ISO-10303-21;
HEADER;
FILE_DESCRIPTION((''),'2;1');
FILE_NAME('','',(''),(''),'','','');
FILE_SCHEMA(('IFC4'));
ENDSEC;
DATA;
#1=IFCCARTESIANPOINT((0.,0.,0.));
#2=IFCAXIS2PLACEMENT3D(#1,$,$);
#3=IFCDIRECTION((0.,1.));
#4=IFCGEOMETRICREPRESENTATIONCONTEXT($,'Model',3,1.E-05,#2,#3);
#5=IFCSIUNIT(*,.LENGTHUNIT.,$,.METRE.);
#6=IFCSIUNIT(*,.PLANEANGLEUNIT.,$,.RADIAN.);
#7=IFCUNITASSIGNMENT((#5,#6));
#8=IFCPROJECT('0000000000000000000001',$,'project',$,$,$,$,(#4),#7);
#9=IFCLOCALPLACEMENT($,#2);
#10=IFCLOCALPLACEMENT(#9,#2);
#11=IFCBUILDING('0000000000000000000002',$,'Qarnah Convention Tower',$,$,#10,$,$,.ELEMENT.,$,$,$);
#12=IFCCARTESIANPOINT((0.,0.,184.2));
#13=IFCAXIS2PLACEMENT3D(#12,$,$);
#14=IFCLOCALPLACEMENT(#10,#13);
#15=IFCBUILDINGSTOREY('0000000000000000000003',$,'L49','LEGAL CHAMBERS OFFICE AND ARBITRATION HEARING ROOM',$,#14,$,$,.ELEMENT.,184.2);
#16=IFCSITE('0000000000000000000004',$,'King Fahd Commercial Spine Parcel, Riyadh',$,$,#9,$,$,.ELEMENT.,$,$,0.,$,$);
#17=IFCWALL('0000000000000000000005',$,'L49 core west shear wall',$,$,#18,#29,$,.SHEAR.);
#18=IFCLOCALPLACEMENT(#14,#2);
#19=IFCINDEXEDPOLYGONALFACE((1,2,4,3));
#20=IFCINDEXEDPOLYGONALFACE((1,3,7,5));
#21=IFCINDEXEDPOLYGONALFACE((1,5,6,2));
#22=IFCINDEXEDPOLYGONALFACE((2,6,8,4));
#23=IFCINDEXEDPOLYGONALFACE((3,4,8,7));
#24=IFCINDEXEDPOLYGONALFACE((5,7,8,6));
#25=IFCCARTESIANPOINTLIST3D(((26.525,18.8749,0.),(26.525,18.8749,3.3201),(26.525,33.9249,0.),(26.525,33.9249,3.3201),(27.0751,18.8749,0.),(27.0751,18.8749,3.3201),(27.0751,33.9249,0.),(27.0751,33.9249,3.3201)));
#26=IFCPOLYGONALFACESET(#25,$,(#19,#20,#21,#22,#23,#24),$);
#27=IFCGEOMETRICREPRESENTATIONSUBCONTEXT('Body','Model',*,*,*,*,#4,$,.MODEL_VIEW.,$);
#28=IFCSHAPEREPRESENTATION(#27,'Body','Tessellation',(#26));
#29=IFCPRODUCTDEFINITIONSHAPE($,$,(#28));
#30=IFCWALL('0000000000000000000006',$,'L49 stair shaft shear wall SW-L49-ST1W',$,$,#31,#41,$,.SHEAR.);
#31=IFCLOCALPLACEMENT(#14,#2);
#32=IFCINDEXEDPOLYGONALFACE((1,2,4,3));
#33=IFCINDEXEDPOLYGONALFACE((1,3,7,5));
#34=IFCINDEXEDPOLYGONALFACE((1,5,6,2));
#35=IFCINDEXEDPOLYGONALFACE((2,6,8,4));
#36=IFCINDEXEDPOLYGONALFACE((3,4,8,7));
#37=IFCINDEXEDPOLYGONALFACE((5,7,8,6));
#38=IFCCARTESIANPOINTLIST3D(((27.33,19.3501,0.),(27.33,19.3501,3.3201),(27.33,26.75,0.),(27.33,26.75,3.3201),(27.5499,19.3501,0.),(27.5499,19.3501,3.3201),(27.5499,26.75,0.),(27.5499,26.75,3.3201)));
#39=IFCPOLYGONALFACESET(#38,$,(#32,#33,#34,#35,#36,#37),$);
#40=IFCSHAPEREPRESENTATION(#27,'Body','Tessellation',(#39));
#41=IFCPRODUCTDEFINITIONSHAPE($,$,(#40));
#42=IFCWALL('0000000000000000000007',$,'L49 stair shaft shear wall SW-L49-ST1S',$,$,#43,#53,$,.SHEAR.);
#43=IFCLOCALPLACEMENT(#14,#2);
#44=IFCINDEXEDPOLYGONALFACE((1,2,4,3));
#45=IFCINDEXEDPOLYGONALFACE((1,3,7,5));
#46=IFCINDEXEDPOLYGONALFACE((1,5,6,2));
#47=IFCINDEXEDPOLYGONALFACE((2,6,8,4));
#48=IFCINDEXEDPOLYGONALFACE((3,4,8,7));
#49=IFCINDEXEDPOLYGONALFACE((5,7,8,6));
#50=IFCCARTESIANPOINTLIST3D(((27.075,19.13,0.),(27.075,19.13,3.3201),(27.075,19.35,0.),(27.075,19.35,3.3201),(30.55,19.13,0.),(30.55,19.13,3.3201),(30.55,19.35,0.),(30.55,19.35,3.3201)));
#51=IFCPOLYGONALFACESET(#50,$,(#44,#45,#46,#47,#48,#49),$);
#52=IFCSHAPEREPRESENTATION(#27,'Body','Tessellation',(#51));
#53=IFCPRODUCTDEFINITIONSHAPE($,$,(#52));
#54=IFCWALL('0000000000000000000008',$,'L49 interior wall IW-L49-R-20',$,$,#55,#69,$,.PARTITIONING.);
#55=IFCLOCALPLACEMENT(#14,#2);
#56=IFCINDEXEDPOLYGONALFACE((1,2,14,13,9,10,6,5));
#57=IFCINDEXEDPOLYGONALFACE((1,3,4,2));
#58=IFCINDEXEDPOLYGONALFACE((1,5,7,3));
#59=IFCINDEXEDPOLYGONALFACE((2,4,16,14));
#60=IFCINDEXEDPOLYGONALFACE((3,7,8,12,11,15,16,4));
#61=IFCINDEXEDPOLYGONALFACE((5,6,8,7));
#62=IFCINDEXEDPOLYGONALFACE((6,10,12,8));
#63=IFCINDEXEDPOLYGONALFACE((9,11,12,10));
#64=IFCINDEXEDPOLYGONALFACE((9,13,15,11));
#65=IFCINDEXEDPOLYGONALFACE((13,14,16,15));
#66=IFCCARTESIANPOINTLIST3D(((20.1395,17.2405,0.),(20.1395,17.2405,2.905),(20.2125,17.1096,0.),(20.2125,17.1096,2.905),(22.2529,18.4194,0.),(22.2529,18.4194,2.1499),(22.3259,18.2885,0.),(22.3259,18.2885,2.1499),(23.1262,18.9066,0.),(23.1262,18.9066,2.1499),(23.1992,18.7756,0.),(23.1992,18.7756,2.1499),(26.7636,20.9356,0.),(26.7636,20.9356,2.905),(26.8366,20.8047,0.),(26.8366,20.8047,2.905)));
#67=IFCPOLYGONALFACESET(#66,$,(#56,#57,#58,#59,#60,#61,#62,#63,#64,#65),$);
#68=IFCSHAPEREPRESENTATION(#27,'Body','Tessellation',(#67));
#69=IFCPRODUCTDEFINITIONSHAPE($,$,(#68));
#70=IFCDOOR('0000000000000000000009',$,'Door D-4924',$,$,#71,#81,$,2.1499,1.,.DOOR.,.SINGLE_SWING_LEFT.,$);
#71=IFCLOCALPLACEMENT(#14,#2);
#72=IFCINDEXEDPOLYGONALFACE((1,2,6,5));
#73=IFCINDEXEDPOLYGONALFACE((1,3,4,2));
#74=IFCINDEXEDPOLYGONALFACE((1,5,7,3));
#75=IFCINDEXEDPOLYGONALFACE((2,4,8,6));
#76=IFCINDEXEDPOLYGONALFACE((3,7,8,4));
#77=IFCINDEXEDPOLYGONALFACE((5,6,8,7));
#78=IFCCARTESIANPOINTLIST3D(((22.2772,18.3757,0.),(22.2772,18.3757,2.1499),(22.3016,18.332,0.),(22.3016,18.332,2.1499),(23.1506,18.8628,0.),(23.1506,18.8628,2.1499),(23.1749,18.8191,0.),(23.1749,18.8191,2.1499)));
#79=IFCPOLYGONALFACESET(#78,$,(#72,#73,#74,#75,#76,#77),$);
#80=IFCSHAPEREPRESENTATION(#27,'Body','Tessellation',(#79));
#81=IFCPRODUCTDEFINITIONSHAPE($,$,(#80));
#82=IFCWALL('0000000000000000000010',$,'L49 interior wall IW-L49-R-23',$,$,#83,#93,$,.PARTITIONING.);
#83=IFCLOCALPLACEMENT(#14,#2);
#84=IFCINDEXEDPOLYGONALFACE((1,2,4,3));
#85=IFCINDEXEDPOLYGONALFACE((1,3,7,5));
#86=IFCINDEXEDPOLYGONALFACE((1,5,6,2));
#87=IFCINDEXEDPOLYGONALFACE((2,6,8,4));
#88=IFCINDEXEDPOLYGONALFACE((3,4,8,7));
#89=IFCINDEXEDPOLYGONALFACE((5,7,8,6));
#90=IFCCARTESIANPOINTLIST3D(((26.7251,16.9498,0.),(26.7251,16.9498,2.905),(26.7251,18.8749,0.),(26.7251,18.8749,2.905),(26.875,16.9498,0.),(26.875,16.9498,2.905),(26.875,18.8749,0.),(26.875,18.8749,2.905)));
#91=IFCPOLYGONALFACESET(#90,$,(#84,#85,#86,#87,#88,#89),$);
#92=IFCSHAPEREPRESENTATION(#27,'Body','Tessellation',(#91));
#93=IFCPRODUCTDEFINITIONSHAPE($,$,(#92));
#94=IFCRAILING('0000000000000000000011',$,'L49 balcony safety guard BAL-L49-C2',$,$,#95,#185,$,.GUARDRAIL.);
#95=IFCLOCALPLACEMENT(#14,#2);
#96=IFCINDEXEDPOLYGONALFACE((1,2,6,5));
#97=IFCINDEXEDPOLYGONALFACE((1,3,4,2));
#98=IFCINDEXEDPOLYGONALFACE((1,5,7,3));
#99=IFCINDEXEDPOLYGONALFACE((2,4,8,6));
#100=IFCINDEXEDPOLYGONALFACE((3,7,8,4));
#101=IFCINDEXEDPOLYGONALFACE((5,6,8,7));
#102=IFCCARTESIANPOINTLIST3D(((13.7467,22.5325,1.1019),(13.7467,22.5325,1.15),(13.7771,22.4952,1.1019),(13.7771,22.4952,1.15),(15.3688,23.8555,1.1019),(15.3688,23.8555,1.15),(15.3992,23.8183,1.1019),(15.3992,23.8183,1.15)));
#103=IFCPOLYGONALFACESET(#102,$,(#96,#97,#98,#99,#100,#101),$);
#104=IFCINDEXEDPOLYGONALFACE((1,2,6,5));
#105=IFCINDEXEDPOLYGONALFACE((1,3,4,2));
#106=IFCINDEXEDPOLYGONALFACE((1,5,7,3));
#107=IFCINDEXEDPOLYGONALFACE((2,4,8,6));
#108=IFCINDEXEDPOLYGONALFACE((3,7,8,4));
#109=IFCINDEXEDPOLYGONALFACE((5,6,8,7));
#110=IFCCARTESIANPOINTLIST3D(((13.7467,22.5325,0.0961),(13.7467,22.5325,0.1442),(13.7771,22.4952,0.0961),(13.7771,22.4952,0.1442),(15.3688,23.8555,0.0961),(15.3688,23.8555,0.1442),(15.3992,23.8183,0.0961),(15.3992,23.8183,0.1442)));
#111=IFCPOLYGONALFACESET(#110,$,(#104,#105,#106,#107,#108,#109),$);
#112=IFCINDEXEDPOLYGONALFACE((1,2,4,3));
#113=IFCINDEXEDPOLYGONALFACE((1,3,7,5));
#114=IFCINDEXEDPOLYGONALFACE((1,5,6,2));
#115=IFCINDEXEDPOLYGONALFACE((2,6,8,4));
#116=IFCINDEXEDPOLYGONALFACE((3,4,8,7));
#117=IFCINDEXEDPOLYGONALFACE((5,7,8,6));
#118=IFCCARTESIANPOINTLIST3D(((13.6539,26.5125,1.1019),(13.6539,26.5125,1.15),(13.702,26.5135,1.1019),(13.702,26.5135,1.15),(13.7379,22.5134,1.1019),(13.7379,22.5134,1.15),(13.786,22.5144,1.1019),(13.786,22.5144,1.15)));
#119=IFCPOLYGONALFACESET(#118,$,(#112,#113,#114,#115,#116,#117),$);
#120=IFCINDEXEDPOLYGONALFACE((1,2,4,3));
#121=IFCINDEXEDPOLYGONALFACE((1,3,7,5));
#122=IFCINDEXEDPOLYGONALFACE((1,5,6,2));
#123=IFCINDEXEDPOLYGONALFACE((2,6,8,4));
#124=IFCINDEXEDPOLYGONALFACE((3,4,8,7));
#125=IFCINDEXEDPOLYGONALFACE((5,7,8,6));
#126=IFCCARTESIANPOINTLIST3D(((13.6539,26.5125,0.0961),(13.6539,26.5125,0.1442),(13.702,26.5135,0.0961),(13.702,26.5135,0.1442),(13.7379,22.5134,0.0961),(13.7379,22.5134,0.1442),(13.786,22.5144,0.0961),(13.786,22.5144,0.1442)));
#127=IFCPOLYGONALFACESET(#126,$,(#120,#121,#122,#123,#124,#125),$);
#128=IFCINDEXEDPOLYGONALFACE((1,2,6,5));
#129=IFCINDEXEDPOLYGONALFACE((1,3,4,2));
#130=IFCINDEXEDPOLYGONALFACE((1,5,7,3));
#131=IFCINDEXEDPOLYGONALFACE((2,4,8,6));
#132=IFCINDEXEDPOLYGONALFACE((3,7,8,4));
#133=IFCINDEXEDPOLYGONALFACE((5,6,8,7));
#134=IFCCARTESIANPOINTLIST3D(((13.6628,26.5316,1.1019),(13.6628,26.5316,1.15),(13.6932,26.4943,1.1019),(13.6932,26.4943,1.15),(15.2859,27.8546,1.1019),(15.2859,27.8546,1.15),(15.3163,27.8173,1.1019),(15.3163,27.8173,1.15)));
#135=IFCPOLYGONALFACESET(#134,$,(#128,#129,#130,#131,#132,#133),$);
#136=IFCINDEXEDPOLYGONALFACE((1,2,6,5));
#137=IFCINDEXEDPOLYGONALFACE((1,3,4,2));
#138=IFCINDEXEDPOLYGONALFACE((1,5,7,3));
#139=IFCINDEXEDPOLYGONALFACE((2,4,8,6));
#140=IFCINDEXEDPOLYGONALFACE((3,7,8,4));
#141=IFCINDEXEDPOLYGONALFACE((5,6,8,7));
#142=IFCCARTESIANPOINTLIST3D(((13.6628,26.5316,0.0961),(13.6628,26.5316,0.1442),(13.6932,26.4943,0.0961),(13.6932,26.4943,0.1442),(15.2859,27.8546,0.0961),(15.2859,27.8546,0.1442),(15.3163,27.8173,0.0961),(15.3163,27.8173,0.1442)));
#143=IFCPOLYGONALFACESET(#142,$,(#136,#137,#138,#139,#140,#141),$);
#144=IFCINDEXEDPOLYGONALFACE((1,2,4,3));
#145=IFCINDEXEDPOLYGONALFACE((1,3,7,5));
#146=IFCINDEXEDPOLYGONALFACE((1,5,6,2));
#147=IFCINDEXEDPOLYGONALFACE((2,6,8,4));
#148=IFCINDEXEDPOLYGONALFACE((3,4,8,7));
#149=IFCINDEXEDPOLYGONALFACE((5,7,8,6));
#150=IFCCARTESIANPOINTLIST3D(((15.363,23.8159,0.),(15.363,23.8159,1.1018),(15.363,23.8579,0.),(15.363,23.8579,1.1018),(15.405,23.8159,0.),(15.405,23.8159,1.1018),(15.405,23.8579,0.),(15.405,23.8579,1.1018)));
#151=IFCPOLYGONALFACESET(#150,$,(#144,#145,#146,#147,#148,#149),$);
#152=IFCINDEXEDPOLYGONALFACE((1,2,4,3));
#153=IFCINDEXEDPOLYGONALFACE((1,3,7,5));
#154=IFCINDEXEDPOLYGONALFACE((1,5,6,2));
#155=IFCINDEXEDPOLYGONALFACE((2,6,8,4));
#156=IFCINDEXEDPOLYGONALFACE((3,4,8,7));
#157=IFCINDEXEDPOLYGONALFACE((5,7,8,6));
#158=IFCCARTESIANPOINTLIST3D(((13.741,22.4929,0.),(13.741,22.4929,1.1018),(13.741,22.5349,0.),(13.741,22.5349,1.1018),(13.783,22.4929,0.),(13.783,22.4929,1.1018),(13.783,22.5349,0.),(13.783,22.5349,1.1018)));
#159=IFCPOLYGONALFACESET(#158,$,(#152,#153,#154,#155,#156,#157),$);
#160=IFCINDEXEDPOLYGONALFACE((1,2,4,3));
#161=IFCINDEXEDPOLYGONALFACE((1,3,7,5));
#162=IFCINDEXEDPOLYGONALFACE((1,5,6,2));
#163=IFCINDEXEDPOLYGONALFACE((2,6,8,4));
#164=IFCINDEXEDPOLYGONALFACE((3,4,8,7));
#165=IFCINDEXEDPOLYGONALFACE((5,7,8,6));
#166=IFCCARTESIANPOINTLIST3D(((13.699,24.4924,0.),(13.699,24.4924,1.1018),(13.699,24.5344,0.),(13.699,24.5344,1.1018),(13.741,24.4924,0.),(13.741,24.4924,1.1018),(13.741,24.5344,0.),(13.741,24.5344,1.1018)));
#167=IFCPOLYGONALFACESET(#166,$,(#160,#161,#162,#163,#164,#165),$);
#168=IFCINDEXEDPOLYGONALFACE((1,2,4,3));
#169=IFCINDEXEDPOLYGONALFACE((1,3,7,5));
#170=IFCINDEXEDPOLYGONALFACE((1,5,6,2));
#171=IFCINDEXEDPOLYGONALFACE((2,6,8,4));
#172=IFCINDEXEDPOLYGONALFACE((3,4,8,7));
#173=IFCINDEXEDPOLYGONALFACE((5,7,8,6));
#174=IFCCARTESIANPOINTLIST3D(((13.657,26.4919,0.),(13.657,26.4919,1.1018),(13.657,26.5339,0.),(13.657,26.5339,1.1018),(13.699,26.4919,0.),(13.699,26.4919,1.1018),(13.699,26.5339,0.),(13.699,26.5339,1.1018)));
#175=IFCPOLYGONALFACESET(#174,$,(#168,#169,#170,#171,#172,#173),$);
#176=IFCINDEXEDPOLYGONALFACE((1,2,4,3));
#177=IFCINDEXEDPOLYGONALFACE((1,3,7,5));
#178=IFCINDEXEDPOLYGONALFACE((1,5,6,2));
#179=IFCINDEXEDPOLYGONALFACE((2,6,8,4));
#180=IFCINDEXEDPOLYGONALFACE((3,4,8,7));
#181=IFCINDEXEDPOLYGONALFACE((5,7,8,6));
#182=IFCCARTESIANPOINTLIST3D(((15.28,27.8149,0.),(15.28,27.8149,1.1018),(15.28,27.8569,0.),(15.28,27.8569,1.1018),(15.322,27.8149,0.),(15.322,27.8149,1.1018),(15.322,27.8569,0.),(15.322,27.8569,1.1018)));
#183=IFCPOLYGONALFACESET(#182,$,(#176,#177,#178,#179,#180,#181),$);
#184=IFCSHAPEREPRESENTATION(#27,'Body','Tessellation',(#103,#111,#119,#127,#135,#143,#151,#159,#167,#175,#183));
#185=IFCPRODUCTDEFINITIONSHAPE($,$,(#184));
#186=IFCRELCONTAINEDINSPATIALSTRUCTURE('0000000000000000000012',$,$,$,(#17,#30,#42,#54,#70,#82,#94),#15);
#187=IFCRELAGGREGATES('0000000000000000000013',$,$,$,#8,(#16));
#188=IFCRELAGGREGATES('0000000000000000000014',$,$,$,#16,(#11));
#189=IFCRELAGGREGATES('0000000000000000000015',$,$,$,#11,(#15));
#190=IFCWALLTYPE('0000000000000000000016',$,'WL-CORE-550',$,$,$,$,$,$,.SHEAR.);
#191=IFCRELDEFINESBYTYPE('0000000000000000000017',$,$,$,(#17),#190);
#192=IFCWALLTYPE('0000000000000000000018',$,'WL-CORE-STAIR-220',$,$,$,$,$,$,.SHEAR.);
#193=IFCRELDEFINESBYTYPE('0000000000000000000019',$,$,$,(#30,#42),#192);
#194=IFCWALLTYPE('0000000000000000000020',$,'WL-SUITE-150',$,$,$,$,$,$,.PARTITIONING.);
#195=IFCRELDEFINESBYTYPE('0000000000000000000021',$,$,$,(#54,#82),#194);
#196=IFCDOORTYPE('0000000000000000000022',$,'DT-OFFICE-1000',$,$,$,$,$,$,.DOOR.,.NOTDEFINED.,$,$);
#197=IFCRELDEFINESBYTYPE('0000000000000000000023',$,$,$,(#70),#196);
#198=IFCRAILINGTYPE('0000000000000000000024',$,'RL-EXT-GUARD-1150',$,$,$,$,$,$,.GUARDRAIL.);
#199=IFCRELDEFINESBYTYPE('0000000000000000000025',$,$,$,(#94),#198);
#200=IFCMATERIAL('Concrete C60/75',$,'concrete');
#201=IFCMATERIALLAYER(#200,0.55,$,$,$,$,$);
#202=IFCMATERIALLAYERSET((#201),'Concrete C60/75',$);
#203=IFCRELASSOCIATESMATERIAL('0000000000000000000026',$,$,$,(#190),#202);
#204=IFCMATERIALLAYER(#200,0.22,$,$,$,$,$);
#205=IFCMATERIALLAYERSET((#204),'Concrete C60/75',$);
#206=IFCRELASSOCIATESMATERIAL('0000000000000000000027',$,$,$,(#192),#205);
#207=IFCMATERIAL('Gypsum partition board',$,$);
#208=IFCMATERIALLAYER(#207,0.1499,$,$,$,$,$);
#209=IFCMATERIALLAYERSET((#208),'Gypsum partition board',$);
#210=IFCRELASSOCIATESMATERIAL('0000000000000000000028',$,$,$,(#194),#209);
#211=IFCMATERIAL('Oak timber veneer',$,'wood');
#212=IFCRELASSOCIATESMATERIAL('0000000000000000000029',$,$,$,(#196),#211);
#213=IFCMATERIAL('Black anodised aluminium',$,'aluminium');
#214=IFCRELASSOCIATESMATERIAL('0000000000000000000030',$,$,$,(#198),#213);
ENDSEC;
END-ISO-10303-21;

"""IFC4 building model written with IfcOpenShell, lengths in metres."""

from ifc_helpers import new_model, si_unit, direction, frame, frame_2d, origin, origin_2d, place, context, subcontext, project, spatial, rectangle, extrude, material, layer, layer_set, type_object, element, fill, save


model = new_model("IFC4")

# Units and contexts
model_context = context("Model", 3, precision=1e-05, world=origin(), true_north=direction((0.0, 1.0)))
body_context = subcontext(model_context, "Body", "Model", "MODEL_VIEW")
ifc_project = project(units=[si_unit("LENGTHUNIT", "METRE"), si_unit("PLANEANGLEUNIT", "RADIAN")], contexts=[model_context])

# Site, building, storey
site_placement = place(None, origin())
site = spatial("IfcSite", under=ifc_project, at=site_placement, Name="King Fahd Commercial Spine Parcel, Riyadh", CompositionType="ELEMENT", RefElevation=0.0)
building_placement = place(site_placement, origin())
building = spatial("IfcBuilding", under=site, at=building_placement, Name="Qarnah Convention Tower", CompositionType="ELEMENT")
storey_placement = place(building_placement, frame((0.0, 0.0, 184.2)))
storey = spatial("IfcBuildingStorey", under=building, at=storey_placement, Name="L49", Description="LEGAL CHAMBERS OFFICE AND ARBITRATION HEARING ROOM", CompositionType="ELEMENT", Elevation=184.2)

# Shared definitions
ifc_material_1 = material(Name="Black anodised aluminium", Category="aluminium")

# Shared definitions
ifc_material_2 = material(Name="Concrete C60/75", Category="concrete")
ifc_layer_1 = layer(ifc_material_2, 0.55)
ifc_layer_set_1 = layer_set([ifc_layer_1], Name="Concrete C60/75")
wall_type_1 = type_object("IfcWallType", Name="WL-CORE-550", PredefinedType="SHEAR", material=ifc_layer_set_1)

# Walls
wall_1_placement = place(storey_placement, frame((26.8, 18.875, 0.0), z_axis=(0.0, 0.0, 1.0), x_axis=(0.0, 1.0, 0.0)))
element("IfcWall", 1, at=wall_1_placement, inside=storey, type_object=wall_type_1, Name="L49 core west shear wall", PredefinedType="SHEAR", context=body_context, shape_type="SweptSolid", body=[
    extrude(rectangle(XDim=15.05, YDim=0.55, at=frame_2d((7.5249, 0.0))), origin(), (0.0, 0.0, 1.0), 3.3201),
])
ifc_layer_2 = layer(ifc_material_2, 0.22)
ifc_layer_set_2 = layer_set([ifc_layer_2], Name="Concrete C60/75")
wall_type_2 = type_object("IfcWallType", Name="WL-CORE-STAIR-220", PredefinedType="SHEAR", material=ifc_layer_set_2)
wall_2_placement = place(storey_placement, frame((27.4399, 19.3501, 0.0), z_axis=(0.0, 0.0, 1.0), x_axis=(0.0, 1.0, 0.0)))
element("IfcWall", 2, at=wall_2_placement, inside=storey, type_object=wall_type_2, Name="L49 stair shaft shear wall SW-L49-ST1W", PredefinedType="SHEAR", context=body_context, shape_type="SweptSolid", body=[
    extrude(rectangle(XDim=7.3999, YDim=0.22, at=frame_2d((3.7, 0.0))), origin(), (0.0, 0.0, 1.0), 3.3201),
])
wall_3_placement = place(storey_placement, frame((27.075, 19.24, 0.0), z_axis=(0.0, 0.0, 1.0), x_axis=(1.0, 0.0, 0.0)))
element("IfcWall", 3, at=wall_3_placement, inside=storey, type_object=wall_type_2, Name="L49 stair shaft shear wall SW-L49-ST1S", PredefinedType="SHEAR", context=body_context, shape_type="SweptSolid", body=[
    extrude(rectangle(XDim=3.4751, YDim=0.22, at=frame_2d((1.7375, 0.0))), origin(), (0.0, 0.0, 1.0), 3.3201),
])

# Wall, opening, door
ifc_material_3 = material(Name="Gypsum partition board")
ifc_layer_3 = layer(ifc_material_3, 0.1499)
ifc_layer_set_3 = layer_set([ifc_layer_3], Name="Gypsum partition board")
wall_type_3 = type_object("IfcWallType", Name="WL-SUITE-150", PredefinedType="PARTITIONING", material=ifc_layer_set_3)
wall_4_placement = place(storey_placement, frame((20.176, 17.175, 0.0), z_axis=(0.0, 0.0, 1.0), x_axis=(0.873313, 0.487159, 0.0)))
wall_4 = element("IfcWall", 4, at=wall_4_placement, inside=storey, type_object=wall_type_3, Name="L49 interior wall IW-L49-R-20", PredefinedType="PARTITIONING", context=body_context, shape_type="SweptSolid", body=[
    extrude(rectangle(XDim=7.585, YDim=0.1499, at=frame_2d((3.7925, 0.0))), origin(), (0.0, 0.0, 1.0), 2.905),
])
opening_1_placement = place(wall_4_placement, frame((2.4199, 0.0, 0.0)))
opening_1 = element("IfcOpeningElement", 5, at=opening_1_placement, cuts=wall_4, PredefinedType="OPENING", context=body_context, shape_type="SweptSolid", body=[
    extrude(rectangle(XDim=1.0, YDim=2.1499, at=frame_2d((0.5, 1.075))), frame((0.0, 0.085, 0.0), z_axis=(0.0, -1.0, 0.0), x_axis=(1.0, 0.0, 0.0)), (0.0, 0.0, 1.0), 0.1699),
])
ifc_material_4 = material(Name="Oak timber veneer", Category="wood")
door_type_1 = type_object("IfcDoorType", Name="DT-OFFICE-1000", OperationType="NOTDEFINED", PredefinedType="DOOR", material=ifc_material_4)
door_1_placement = place(opening_1_placement, origin())
door_1 = element("IfcDoor", 6, at=door_1_placement, inside=storey, type_object=door_type_1, Name="Door D-4924", OperationType="SINGLE_SWING_LEFT", OverallHeight=2.1499, OverallWidth=1.0, PredefinedType="DOOR", context=body_context, shape_type="SweptSolid", body=[
    extrude(rectangle(XDim=1.0, YDim=2.1499, at=frame_2d((0.5, 1.075))), frame((0.0, 0.0249, 0.0), z_axis=(0.0, -1.0, 0.0), x_axis=(1.0, 0.0, 0.0)), (0.0, 0.0, 1.0), 0.05),
])
fill(opening_1, door_1)

# Wall
wall_5_placement = place(storey_placement, frame((26.8, 16.95, 0.0), z_axis=(0.0, 0.0, 1.0), x_axis=(0.0, 1.0, 0.0)))
element("IfcWall", 7, at=wall_5_placement, inside=storey, type_object=wall_type_3, Name="L49 interior wall IW-L49-R-23", PredefinedType="PARTITIONING", context=body_context, shape_type="SweptSolid", body=[
    extrude(rectangle(XDim=1.925, YDim=0.1499, at=frame_2d((0.9624, 0.0))), origin(), (0.0, 0.0, 1.0), 2.905),
])

# Railing
railing_type = type_object("IfcRailingType", Name="RL-EXT-GUARD-1150", PredefinedType="GUARDRAIL", material=ifc_material_1)
railing_placement = place(storey_placement, frame((15.384, 23.8369, 0.0)))
element("IfcRailing", 8, at=railing_placement, inside=storey, type_object=railing_type, Name="L49 balcony safety guard BAL-L49-C2", PredefinedType="GUARDRAIL", context=body_context, shape_type="SweptSolid", body=[
    extrude(rectangle(XDim=0.0481, YDim=0.0481, at=origin_2d()), frame((0.0, 0.0, 1.126), z_axis=(-0.774928, -0.632049, 0.0), x_axis=(0.632049, -0.774928, 0.0)), (0.0, 0.0, 1.0), 2.0933),
    extrude(rectangle(XDim=0.0481, YDim=0.0481, at=origin_2d()), frame((0.0, 0.0, 0.1201), z_axis=(-0.774928, -0.632049, 0.0), x_axis=(0.632049, -0.774928, 0.0)), (0.0, 0.0, 1.0), 2.0933),
    extrude(rectangle(XDim=0.0481, YDim=0.0481, at=origin_2d()), frame((-1.6221, -1.323, 1.126), z_axis=(-0.020997, 0.99978, 0.0), x_axis=(-0.99978, -0.020997, 0.0)), (0.0, 0.0, 1.0), 4.0),
    extrude(rectangle(XDim=0.0481, YDim=0.0481, at=origin_2d()), frame((-1.6221, -1.323, 0.1201), z_axis=(-0.020997, 0.99978, 0.0), x_axis=(-0.99978, -0.020997, 0.0)), (0.0, 0.0, 1.0), 4.0),
    extrude(rectangle(XDim=0.0481, YDim=0.0481, at=origin_2d()), frame((-1.7061, 2.676, 1.126), z_axis=(0.775114, 0.631821, 0.0), x_axis=(-0.631821, 0.775114, 0.0)), (0.0, 0.0, 1.0), 2.094),
    extrude(rectangle(XDim=0.0481, YDim=0.0481, at=origin_2d()), frame((-1.7061, 2.676, 0.1201), z_axis=(0.775114, 0.631821, 0.0), x_axis=(-0.631821, 0.775114, 0.0)), (0.0, 0.0, 1.0), 2.094),
    extrude(rectangle(XDim=0.042, YDim=0.042, at=origin_2d()), origin(), (0.0, 0.0, 1.0), 1.1018),
    extrude(rectangle(XDim=0.042, YDim=0.042, at=origin_2d()), frame((-1.6221, -1.323, 0.0)), (0.0, 0.0, 1.0), 1.1018),
    extrude(rectangle(XDim=0.042, YDim=0.042, at=origin_2d()), frame((-1.6641, 0.6765, 0.0)), (0.0, 0.0, 1.0), 1.1018),
    extrude(rectangle(XDim=0.042, YDim=0.042, at=origin_2d()), frame((-1.7061, 2.676, 0.0)), (0.0, 0.0, 1.0), 1.1018),
    extrude(rectangle(XDim=0.042, YDim=0.042, at=origin_2d()), frame((-0.083, 3.999, 0.0)), (0.0, 0.0, 1.0), 1.1018),
])

save(model, "model.ifc")
